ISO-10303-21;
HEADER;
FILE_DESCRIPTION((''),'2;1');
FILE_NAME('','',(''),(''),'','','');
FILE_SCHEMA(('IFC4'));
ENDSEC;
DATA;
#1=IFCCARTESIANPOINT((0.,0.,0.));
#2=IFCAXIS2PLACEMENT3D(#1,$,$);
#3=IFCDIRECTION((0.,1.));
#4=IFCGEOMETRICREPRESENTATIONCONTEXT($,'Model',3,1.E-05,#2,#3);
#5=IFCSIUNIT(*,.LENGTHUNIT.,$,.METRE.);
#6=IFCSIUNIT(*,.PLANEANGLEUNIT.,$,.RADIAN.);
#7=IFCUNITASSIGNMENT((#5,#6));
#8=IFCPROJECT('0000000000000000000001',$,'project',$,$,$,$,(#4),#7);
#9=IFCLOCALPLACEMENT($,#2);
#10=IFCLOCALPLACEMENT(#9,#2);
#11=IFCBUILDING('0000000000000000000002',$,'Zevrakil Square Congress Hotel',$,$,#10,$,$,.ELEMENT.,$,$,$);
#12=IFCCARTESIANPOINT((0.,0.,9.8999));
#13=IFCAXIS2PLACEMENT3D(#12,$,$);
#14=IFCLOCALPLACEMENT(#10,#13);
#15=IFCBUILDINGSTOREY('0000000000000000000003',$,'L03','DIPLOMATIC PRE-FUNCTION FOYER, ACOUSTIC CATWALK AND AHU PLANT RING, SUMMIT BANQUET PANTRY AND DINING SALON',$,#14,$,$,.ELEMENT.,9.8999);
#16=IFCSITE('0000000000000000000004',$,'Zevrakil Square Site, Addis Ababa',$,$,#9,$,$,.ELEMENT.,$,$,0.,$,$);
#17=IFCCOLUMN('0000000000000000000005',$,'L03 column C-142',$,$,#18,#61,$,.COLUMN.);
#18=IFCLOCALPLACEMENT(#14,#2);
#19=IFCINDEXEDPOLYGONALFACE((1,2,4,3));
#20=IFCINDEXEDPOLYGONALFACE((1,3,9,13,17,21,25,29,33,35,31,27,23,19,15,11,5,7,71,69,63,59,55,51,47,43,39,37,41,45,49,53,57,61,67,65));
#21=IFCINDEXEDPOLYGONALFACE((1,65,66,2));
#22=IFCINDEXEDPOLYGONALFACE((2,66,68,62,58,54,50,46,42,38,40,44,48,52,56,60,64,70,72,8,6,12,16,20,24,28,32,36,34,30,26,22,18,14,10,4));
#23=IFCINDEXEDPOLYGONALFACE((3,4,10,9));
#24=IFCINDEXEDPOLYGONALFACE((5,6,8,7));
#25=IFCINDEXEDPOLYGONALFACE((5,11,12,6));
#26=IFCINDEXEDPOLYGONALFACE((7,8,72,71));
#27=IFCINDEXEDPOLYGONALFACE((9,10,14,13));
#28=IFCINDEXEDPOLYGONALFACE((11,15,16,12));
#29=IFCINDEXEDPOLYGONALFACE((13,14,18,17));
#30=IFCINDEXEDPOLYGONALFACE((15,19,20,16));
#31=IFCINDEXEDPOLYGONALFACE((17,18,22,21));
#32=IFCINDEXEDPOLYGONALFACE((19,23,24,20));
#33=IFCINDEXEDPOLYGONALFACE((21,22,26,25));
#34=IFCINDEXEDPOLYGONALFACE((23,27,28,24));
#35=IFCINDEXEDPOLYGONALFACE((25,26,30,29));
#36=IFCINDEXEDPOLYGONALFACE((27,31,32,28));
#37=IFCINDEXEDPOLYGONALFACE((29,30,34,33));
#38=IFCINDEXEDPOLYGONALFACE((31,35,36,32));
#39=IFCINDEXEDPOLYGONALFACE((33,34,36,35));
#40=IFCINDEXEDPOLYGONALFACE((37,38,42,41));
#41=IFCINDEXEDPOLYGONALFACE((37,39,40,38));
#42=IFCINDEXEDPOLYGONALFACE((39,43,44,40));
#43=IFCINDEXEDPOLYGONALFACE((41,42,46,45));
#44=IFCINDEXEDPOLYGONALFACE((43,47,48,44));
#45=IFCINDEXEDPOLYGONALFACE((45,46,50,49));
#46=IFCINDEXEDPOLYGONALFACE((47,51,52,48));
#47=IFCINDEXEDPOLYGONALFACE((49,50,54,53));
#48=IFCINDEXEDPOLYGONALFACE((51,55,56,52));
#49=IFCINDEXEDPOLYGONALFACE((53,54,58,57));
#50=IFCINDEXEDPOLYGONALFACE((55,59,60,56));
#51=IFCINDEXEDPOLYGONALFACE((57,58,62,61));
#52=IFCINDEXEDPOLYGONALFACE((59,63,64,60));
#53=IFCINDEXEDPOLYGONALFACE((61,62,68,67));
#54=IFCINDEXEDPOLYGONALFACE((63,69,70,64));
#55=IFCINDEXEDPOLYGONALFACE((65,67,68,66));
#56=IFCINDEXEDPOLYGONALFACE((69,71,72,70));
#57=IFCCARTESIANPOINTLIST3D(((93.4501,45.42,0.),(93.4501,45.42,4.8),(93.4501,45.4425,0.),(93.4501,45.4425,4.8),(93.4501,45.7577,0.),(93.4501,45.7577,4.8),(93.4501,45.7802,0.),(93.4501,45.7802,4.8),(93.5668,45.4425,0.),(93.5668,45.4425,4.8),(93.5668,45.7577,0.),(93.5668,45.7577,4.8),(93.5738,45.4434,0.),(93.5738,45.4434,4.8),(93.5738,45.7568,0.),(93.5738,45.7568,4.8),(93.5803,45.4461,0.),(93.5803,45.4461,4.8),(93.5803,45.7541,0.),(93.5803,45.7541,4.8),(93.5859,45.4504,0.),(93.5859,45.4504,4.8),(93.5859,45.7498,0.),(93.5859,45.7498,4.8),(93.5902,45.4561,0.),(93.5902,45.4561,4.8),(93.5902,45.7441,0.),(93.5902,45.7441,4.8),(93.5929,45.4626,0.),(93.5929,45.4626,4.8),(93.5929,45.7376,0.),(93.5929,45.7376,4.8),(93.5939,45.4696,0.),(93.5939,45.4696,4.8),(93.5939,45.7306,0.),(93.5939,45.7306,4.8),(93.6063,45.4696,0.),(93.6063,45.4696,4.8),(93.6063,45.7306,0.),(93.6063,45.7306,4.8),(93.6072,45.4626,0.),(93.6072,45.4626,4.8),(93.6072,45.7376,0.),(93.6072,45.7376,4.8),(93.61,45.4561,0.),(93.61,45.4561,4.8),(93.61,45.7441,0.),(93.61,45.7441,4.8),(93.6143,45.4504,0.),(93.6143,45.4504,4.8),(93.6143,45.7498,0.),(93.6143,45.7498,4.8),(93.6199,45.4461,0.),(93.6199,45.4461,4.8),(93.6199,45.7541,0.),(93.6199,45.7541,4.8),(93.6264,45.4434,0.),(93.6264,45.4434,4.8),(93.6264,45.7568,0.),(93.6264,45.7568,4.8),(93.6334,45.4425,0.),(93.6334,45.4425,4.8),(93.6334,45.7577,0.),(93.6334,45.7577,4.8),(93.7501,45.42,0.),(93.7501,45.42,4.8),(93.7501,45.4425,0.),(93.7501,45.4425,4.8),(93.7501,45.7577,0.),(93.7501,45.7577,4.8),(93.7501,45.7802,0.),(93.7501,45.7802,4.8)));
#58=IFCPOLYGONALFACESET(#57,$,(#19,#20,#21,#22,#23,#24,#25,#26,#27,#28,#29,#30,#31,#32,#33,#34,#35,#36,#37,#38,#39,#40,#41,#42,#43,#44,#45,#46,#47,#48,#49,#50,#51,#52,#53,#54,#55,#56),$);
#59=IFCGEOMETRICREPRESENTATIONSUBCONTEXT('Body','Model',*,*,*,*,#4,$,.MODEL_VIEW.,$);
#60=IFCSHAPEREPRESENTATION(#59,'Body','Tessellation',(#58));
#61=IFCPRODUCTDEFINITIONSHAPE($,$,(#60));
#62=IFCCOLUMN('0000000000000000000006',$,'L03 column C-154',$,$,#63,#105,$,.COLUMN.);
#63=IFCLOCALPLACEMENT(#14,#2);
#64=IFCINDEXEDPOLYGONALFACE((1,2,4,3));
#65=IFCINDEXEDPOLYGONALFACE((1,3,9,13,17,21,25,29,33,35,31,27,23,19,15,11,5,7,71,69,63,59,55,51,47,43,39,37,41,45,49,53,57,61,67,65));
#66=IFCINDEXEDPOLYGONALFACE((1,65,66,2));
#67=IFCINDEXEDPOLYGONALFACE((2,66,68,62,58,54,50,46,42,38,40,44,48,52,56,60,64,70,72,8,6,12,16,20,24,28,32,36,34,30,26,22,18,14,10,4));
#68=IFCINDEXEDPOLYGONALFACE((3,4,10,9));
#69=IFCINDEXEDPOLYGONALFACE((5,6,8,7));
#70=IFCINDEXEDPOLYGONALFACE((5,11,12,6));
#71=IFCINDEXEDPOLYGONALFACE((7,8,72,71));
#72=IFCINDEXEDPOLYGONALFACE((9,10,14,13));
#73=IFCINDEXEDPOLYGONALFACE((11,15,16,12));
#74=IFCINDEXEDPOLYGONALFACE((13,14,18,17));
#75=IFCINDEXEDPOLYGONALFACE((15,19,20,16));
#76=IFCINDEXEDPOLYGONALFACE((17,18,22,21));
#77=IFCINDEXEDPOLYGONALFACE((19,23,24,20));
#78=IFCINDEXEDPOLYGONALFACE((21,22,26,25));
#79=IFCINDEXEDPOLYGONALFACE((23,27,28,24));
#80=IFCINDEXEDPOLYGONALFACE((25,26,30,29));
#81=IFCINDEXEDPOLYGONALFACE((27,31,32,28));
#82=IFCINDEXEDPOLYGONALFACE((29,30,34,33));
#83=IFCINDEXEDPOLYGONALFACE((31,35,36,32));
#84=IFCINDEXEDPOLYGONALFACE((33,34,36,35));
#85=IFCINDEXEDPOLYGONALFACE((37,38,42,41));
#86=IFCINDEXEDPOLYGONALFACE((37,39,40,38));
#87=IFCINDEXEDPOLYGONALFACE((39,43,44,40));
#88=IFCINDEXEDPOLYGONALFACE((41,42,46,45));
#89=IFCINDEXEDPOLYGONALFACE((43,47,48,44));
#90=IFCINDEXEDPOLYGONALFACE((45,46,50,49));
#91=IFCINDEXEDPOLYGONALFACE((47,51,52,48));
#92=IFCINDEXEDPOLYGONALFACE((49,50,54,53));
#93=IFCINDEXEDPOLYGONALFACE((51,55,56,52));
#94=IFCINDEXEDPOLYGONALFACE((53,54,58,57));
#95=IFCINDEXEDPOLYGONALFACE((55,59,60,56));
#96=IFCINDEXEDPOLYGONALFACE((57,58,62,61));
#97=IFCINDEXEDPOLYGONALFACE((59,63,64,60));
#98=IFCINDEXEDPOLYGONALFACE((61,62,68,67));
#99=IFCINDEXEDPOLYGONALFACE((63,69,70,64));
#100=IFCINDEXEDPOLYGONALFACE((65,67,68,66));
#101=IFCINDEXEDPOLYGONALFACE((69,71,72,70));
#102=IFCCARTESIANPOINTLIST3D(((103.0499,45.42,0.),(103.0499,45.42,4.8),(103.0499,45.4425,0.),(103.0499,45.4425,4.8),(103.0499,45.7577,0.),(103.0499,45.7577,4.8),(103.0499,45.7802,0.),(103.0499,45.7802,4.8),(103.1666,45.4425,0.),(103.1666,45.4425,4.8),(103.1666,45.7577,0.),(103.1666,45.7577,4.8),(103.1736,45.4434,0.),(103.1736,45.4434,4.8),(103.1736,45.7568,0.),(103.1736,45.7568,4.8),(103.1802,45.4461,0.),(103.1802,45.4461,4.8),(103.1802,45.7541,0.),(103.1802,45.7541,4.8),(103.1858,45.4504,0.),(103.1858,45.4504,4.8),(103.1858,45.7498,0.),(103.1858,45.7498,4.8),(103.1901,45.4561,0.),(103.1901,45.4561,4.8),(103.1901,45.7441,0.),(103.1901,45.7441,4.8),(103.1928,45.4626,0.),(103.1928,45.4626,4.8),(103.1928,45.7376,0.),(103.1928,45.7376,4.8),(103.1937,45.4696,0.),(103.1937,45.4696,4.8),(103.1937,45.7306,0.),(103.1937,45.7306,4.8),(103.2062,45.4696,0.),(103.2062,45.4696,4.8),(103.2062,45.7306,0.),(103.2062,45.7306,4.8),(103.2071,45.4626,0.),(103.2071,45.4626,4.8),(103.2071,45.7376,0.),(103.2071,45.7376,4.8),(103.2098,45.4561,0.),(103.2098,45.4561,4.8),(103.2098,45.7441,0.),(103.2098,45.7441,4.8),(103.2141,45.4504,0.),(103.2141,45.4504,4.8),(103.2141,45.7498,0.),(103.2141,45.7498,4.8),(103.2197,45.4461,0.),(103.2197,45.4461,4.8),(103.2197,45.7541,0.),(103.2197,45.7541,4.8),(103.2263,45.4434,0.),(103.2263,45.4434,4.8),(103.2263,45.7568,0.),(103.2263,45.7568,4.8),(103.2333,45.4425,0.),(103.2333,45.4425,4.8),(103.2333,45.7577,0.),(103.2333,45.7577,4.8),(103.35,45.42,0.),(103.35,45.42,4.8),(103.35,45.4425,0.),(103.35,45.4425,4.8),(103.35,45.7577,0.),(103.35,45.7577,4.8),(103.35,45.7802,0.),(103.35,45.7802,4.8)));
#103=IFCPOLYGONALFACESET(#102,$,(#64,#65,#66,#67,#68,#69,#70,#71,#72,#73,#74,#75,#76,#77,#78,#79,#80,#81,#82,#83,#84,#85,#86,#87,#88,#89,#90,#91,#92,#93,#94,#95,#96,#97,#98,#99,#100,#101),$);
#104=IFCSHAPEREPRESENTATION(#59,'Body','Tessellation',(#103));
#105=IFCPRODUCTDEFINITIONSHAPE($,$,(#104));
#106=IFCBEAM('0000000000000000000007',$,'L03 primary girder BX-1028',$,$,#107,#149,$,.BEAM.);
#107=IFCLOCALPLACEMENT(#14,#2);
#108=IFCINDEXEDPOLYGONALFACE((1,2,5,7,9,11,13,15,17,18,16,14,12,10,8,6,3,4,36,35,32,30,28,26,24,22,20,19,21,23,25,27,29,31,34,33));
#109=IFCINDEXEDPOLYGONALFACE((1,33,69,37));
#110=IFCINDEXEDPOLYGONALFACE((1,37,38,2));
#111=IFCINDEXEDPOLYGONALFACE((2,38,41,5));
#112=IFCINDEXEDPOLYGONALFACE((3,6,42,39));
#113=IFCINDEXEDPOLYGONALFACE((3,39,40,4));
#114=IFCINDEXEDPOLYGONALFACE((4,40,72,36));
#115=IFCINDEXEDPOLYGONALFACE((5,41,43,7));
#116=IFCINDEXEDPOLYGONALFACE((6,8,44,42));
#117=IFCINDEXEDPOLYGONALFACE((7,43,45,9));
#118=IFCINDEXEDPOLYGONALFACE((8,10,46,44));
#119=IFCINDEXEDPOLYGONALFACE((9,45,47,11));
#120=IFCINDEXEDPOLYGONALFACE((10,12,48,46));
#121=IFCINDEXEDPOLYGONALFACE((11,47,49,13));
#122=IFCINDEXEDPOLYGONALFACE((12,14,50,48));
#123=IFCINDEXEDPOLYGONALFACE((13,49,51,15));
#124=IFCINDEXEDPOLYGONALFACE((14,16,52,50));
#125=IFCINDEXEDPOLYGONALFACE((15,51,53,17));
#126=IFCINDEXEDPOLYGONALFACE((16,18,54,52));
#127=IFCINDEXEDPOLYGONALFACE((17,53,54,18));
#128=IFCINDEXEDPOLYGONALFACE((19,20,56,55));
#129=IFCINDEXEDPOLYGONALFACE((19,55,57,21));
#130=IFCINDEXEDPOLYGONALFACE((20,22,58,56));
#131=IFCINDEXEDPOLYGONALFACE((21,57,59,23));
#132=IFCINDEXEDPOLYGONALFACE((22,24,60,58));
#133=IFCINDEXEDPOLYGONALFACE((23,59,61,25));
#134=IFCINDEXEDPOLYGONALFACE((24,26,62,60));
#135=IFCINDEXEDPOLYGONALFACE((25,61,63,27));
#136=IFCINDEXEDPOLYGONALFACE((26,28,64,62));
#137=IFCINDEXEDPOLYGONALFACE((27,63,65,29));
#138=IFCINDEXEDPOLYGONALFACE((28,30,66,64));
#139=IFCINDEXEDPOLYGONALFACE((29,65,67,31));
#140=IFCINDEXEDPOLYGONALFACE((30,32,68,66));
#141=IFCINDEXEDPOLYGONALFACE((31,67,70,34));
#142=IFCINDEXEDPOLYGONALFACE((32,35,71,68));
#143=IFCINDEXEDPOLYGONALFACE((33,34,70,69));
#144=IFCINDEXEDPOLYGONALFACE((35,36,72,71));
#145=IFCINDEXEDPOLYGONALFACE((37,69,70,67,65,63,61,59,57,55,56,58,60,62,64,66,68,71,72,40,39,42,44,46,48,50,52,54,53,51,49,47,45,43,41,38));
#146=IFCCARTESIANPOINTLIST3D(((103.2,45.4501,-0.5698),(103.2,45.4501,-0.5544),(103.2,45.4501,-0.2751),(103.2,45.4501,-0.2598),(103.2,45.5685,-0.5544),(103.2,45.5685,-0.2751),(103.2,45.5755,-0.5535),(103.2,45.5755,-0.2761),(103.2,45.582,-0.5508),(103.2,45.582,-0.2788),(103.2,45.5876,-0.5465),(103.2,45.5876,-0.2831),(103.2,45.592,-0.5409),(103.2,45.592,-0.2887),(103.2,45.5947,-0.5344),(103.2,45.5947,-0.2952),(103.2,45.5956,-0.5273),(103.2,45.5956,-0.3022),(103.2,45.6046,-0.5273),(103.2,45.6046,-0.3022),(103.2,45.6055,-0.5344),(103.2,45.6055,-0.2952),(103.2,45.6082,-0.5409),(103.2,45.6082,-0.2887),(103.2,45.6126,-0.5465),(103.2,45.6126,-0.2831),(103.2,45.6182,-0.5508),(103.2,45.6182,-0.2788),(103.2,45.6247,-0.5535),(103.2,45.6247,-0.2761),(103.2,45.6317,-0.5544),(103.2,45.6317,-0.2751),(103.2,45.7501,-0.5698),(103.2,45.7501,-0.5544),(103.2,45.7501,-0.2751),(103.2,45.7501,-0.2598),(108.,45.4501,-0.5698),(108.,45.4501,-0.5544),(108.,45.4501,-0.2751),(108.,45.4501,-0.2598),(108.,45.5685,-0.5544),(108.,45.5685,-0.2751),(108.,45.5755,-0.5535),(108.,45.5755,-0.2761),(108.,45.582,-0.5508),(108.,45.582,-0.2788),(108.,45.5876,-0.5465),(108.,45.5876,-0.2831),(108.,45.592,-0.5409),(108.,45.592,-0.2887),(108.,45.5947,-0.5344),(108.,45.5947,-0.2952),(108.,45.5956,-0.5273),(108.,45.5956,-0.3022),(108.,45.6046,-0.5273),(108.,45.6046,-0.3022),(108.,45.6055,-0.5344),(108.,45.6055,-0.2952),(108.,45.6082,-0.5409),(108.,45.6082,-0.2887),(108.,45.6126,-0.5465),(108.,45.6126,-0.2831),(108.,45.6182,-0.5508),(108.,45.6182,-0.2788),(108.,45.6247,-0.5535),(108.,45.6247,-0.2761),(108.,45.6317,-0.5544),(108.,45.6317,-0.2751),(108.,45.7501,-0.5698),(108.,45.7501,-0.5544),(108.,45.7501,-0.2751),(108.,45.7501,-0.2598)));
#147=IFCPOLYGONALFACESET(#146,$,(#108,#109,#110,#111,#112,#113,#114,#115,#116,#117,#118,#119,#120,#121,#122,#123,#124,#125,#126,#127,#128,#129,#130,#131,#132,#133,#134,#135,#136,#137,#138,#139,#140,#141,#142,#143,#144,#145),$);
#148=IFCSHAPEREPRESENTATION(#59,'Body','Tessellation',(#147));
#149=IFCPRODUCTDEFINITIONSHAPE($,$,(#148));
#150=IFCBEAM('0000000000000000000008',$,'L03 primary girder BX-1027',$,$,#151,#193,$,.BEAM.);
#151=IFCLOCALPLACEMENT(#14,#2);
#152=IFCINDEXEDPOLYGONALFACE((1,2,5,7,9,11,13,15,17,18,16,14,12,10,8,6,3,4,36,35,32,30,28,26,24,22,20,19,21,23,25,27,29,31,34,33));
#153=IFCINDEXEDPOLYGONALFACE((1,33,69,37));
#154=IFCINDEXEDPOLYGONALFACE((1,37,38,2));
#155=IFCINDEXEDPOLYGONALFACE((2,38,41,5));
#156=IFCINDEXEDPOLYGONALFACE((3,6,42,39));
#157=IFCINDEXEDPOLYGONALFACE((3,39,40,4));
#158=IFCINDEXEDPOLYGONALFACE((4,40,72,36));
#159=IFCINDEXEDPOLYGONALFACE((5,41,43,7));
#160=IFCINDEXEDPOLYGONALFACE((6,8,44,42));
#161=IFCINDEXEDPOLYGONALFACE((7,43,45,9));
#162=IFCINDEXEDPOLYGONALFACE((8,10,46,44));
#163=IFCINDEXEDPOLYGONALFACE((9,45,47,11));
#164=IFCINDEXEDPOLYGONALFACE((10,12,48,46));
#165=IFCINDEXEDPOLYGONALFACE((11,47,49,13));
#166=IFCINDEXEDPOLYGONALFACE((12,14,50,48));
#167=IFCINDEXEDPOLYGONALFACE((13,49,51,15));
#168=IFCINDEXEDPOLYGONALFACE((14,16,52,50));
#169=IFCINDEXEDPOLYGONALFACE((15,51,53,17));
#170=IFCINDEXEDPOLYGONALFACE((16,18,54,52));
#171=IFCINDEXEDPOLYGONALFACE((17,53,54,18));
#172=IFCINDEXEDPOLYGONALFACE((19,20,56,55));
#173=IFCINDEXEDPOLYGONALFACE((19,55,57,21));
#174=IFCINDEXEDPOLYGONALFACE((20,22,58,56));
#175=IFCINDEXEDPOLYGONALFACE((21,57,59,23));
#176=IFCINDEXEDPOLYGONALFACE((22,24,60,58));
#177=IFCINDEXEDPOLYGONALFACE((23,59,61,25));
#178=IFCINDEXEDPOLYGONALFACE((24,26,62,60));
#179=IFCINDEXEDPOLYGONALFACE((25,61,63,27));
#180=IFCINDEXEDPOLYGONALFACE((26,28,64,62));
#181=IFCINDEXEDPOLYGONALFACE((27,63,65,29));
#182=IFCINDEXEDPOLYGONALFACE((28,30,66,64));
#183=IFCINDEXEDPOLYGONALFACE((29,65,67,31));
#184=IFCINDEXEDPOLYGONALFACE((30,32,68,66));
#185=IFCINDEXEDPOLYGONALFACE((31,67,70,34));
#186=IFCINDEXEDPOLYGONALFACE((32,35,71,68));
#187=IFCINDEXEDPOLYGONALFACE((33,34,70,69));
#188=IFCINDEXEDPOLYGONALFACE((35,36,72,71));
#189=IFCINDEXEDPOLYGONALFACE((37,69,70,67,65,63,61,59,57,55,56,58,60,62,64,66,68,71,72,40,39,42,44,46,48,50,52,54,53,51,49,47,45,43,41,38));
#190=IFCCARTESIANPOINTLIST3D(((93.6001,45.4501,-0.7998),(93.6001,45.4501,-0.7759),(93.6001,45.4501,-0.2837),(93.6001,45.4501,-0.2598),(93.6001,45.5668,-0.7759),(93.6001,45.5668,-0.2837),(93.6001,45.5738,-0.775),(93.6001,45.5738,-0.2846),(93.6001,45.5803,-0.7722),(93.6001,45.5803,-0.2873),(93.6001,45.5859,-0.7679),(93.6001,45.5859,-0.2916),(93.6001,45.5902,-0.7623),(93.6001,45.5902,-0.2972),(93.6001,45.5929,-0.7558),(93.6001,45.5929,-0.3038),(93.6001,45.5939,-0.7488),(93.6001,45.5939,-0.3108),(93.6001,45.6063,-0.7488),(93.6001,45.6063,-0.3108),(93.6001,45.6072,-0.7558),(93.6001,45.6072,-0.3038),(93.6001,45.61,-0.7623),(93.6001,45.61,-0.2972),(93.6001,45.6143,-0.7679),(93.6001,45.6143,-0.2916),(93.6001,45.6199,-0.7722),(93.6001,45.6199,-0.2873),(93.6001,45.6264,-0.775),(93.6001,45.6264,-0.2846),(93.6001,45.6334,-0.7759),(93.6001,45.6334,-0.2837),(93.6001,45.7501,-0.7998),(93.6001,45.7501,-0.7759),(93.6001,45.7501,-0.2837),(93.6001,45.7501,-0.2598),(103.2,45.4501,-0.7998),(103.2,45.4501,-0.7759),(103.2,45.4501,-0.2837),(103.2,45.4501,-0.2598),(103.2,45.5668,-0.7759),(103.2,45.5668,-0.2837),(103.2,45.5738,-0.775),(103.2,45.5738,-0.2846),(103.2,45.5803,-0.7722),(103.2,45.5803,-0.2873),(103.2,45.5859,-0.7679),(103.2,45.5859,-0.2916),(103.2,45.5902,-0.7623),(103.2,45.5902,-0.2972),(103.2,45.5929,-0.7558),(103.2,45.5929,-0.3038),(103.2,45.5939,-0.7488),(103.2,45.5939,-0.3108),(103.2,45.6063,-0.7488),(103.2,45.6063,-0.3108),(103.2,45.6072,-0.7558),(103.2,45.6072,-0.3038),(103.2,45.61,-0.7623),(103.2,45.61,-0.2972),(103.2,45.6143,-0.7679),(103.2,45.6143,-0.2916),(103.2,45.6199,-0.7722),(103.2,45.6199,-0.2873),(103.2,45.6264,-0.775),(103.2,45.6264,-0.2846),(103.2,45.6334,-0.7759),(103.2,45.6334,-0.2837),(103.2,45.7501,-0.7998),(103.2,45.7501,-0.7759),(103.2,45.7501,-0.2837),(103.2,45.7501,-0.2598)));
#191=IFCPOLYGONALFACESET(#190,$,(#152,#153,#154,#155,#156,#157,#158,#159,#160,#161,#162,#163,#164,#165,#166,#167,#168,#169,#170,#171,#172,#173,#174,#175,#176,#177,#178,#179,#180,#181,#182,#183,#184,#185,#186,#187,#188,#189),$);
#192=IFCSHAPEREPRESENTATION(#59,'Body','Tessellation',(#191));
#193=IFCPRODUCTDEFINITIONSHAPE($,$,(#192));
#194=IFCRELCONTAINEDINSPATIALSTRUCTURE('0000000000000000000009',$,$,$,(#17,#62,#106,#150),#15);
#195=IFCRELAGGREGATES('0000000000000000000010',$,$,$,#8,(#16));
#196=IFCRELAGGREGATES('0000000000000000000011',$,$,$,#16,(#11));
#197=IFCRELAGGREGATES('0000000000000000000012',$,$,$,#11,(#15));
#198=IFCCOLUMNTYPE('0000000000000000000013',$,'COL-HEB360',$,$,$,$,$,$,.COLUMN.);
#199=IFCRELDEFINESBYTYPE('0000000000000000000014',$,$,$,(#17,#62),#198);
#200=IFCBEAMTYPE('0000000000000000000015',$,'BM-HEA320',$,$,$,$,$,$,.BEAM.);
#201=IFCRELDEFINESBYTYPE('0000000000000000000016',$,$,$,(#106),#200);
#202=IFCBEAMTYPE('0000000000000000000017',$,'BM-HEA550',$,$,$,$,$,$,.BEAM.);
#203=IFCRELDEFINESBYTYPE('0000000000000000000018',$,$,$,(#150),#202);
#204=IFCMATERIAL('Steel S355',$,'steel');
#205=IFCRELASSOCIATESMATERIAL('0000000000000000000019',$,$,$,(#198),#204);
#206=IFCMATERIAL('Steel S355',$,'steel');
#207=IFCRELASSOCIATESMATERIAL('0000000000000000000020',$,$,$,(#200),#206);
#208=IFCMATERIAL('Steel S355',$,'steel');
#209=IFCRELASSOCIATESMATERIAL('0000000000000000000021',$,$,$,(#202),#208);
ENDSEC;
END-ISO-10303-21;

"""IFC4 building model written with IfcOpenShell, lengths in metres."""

from ifc_helpers import new_model, si_unit, direction, frame, origin, origin_2d, place, context, subcontext, project, spatial, i_section, extrude, material, material_profile, profile_set, type_object, element, save


model = new_model("IFC4")

# Units and contexts
model_context = context("Model", 3, precision=1e-05, world=origin(), true_north=direction((0.0, 1.0)))
body_context = subcontext(model_context, "Body", "Model", "MODEL_VIEW")
ifc_project = project(units=[si_unit("LENGTHUNIT", "METRE"), si_unit("PLANEANGLEUNIT", "RADIAN")], contexts=[model_context])

# Site, building, storey
site_placement = place(None, origin())
site = spatial("IfcSite", under=ifc_project, at=site_placement, Name="Zevrakil Square Site, Addis Ababa", CompositionType="ELEMENT", RefElevation=0.0)
building_placement = place(site_placement, origin())
building = spatial("IfcBuilding", under=site, at=building_placement, Name="Zevrakil Square Congress Hotel", CompositionType="ELEMENT")
storey_placement = place(building_placement, frame((0.0, 0.0, 9.8999)))
storey = spatial("IfcBuildingStorey", under=building, at=storey_placement, Name="L03", Description="DIPLOMATIC PRE-FUNCTION FOYER, ACOUSTIC CATWALK AND AHU PLANT RING, SUMMIT BANQUET PANTRY AND DINING SALON", CompositionType="ELEMENT", Elevation=9.8999)

# Columns
ifc_material_1 = material(Name="Steel S355", Category="steel")
ifc_material_profile_1 = material_profile(ifc_material_1, i_section(OverallWidth=0.3, OverallDepth=0.3601, WebThickness=0.0125, FlangeThickness=0.0225, FilletRadius=0.0271, at=origin_2d()), Name="HEB 360")
ifc_profile_set_1 = profile_set([ifc_material_profile_1], Name="Steel S355")
column_type = type_object("IfcColumnType", Name="COL-HEB360", PredefinedType="COLUMN", material=ifc_profile_set_1)
for number, where, z_axis, x_axis, name in (
    (1, (93.6001, 45.6001, 0.0), (0.0, 0.0, 1.0), (1.0, 0.0, 0.0), "L03 column C-142"),
    (2, (103.2, 45.6001, 0.0), (0.0, 0.0, 1.0), (1.0, 0.0, 0.0), "L03 column C-154"),
):
    element("IfcColumn", number, at=place(storey_placement, frame(where, z_axis=z_axis, x_axis=x_axis)), inside=storey, type_object=column_type, Name=name, PredefinedType="COLUMN", context=body_context, shape_type="SweptSolid", body=[
        extrude(i_section(OverallWidth=0.3, OverallDepth=0.3601, WebThickness=0.0125, FlangeThickness=0.0225, FilletRadius=0.0271, at=origin_2d()), origin(), (0.0, 0.0, 1.0), 4.8),
    ])

# Beams
ifc_material_2 = material(Name="Steel S355", Category="steel")
ifc_material_profile_2 = material_profile(ifc_material_2, i_section(OverallWidth=0.3, OverallDepth=0.3101, WebThickness=0.009, FlangeThickness=0.0154, FilletRadius=0.0271, at=origin_2d()), Name="HEA 320")
ifc_profile_set_2 = profile_set([ifc_material_profile_2], Name="Steel S355")
beam_type_1 = type_object("IfcBeamType", Name="BM-HEA320", PredefinedType="BEAM", material=ifc_profile_set_2)
beam_1_placement = place(storey_placement, frame((103.2, 45.6001, -0.4148), z_axis=(1.0, 0.0, 0.0), x_axis=(0.0, 1.0, 0.0)))
element("IfcBeam", 3, at=beam_1_placement, inside=storey, type_object=beam_type_1, Name="L03 primary girder BX-1028", PredefinedType="BEAM", context=body_context, shape_type="SweptSolid", body=[
    extrude(i_section(OverallWidth=0.3, OverallDepth=0.3101, WebThickness=0.009, FlangeThickness=0.0154, FilletRadius=0.0271, at=origin_2d()), origin(), (0.0, 0.0, 1.0), 4.8),
])
ifc_material_3 = material(Name="Steel S355", Category="steel")
ifc_material_profile_3 = material_profile(ifc_material_3, i_section(OverallWidth=0.3, OverallDepth=0.54, WebThickness=0.0125, FlangeThickness=0.0239, FilletRadius=0.0271, at=origin_2d()), Name="HEA 550")
ifc_profile_set_3 = profile_set([ifc_material_profile_3], Name="Steel S355")
beam_type_2 = type_object("IfcBeamType", Name="BM-HEA550", PredefinedType="BEAM", material=ifc_profile_set_3)
beam_2_placement = place(storey_placement, frame((93.6001, 45.6001, -0.5298), z_axis=(1.0, 0.0, 0.0), x_axis=(0.0, 1.0, 0.0)))
element("IfcBeam", 4, at=beam_2_placement, inside=storey, type_object=beam_type_2, Name="L03 primary girder BX-1027", PredefinedType="BEAM", context=body_context, shape_type="SweptSolid", body=[
    extrude(i_section(OverallWidth=0.3, OverallDepth=0.54, WebThickness=0.0125, FlangeThickness=0.0239, FilletRadius=0.0271, at=origin_2d()), origin(), (0.0, 0.0, 1.0), 9.5999),
])

save(model, "model.ifc")
